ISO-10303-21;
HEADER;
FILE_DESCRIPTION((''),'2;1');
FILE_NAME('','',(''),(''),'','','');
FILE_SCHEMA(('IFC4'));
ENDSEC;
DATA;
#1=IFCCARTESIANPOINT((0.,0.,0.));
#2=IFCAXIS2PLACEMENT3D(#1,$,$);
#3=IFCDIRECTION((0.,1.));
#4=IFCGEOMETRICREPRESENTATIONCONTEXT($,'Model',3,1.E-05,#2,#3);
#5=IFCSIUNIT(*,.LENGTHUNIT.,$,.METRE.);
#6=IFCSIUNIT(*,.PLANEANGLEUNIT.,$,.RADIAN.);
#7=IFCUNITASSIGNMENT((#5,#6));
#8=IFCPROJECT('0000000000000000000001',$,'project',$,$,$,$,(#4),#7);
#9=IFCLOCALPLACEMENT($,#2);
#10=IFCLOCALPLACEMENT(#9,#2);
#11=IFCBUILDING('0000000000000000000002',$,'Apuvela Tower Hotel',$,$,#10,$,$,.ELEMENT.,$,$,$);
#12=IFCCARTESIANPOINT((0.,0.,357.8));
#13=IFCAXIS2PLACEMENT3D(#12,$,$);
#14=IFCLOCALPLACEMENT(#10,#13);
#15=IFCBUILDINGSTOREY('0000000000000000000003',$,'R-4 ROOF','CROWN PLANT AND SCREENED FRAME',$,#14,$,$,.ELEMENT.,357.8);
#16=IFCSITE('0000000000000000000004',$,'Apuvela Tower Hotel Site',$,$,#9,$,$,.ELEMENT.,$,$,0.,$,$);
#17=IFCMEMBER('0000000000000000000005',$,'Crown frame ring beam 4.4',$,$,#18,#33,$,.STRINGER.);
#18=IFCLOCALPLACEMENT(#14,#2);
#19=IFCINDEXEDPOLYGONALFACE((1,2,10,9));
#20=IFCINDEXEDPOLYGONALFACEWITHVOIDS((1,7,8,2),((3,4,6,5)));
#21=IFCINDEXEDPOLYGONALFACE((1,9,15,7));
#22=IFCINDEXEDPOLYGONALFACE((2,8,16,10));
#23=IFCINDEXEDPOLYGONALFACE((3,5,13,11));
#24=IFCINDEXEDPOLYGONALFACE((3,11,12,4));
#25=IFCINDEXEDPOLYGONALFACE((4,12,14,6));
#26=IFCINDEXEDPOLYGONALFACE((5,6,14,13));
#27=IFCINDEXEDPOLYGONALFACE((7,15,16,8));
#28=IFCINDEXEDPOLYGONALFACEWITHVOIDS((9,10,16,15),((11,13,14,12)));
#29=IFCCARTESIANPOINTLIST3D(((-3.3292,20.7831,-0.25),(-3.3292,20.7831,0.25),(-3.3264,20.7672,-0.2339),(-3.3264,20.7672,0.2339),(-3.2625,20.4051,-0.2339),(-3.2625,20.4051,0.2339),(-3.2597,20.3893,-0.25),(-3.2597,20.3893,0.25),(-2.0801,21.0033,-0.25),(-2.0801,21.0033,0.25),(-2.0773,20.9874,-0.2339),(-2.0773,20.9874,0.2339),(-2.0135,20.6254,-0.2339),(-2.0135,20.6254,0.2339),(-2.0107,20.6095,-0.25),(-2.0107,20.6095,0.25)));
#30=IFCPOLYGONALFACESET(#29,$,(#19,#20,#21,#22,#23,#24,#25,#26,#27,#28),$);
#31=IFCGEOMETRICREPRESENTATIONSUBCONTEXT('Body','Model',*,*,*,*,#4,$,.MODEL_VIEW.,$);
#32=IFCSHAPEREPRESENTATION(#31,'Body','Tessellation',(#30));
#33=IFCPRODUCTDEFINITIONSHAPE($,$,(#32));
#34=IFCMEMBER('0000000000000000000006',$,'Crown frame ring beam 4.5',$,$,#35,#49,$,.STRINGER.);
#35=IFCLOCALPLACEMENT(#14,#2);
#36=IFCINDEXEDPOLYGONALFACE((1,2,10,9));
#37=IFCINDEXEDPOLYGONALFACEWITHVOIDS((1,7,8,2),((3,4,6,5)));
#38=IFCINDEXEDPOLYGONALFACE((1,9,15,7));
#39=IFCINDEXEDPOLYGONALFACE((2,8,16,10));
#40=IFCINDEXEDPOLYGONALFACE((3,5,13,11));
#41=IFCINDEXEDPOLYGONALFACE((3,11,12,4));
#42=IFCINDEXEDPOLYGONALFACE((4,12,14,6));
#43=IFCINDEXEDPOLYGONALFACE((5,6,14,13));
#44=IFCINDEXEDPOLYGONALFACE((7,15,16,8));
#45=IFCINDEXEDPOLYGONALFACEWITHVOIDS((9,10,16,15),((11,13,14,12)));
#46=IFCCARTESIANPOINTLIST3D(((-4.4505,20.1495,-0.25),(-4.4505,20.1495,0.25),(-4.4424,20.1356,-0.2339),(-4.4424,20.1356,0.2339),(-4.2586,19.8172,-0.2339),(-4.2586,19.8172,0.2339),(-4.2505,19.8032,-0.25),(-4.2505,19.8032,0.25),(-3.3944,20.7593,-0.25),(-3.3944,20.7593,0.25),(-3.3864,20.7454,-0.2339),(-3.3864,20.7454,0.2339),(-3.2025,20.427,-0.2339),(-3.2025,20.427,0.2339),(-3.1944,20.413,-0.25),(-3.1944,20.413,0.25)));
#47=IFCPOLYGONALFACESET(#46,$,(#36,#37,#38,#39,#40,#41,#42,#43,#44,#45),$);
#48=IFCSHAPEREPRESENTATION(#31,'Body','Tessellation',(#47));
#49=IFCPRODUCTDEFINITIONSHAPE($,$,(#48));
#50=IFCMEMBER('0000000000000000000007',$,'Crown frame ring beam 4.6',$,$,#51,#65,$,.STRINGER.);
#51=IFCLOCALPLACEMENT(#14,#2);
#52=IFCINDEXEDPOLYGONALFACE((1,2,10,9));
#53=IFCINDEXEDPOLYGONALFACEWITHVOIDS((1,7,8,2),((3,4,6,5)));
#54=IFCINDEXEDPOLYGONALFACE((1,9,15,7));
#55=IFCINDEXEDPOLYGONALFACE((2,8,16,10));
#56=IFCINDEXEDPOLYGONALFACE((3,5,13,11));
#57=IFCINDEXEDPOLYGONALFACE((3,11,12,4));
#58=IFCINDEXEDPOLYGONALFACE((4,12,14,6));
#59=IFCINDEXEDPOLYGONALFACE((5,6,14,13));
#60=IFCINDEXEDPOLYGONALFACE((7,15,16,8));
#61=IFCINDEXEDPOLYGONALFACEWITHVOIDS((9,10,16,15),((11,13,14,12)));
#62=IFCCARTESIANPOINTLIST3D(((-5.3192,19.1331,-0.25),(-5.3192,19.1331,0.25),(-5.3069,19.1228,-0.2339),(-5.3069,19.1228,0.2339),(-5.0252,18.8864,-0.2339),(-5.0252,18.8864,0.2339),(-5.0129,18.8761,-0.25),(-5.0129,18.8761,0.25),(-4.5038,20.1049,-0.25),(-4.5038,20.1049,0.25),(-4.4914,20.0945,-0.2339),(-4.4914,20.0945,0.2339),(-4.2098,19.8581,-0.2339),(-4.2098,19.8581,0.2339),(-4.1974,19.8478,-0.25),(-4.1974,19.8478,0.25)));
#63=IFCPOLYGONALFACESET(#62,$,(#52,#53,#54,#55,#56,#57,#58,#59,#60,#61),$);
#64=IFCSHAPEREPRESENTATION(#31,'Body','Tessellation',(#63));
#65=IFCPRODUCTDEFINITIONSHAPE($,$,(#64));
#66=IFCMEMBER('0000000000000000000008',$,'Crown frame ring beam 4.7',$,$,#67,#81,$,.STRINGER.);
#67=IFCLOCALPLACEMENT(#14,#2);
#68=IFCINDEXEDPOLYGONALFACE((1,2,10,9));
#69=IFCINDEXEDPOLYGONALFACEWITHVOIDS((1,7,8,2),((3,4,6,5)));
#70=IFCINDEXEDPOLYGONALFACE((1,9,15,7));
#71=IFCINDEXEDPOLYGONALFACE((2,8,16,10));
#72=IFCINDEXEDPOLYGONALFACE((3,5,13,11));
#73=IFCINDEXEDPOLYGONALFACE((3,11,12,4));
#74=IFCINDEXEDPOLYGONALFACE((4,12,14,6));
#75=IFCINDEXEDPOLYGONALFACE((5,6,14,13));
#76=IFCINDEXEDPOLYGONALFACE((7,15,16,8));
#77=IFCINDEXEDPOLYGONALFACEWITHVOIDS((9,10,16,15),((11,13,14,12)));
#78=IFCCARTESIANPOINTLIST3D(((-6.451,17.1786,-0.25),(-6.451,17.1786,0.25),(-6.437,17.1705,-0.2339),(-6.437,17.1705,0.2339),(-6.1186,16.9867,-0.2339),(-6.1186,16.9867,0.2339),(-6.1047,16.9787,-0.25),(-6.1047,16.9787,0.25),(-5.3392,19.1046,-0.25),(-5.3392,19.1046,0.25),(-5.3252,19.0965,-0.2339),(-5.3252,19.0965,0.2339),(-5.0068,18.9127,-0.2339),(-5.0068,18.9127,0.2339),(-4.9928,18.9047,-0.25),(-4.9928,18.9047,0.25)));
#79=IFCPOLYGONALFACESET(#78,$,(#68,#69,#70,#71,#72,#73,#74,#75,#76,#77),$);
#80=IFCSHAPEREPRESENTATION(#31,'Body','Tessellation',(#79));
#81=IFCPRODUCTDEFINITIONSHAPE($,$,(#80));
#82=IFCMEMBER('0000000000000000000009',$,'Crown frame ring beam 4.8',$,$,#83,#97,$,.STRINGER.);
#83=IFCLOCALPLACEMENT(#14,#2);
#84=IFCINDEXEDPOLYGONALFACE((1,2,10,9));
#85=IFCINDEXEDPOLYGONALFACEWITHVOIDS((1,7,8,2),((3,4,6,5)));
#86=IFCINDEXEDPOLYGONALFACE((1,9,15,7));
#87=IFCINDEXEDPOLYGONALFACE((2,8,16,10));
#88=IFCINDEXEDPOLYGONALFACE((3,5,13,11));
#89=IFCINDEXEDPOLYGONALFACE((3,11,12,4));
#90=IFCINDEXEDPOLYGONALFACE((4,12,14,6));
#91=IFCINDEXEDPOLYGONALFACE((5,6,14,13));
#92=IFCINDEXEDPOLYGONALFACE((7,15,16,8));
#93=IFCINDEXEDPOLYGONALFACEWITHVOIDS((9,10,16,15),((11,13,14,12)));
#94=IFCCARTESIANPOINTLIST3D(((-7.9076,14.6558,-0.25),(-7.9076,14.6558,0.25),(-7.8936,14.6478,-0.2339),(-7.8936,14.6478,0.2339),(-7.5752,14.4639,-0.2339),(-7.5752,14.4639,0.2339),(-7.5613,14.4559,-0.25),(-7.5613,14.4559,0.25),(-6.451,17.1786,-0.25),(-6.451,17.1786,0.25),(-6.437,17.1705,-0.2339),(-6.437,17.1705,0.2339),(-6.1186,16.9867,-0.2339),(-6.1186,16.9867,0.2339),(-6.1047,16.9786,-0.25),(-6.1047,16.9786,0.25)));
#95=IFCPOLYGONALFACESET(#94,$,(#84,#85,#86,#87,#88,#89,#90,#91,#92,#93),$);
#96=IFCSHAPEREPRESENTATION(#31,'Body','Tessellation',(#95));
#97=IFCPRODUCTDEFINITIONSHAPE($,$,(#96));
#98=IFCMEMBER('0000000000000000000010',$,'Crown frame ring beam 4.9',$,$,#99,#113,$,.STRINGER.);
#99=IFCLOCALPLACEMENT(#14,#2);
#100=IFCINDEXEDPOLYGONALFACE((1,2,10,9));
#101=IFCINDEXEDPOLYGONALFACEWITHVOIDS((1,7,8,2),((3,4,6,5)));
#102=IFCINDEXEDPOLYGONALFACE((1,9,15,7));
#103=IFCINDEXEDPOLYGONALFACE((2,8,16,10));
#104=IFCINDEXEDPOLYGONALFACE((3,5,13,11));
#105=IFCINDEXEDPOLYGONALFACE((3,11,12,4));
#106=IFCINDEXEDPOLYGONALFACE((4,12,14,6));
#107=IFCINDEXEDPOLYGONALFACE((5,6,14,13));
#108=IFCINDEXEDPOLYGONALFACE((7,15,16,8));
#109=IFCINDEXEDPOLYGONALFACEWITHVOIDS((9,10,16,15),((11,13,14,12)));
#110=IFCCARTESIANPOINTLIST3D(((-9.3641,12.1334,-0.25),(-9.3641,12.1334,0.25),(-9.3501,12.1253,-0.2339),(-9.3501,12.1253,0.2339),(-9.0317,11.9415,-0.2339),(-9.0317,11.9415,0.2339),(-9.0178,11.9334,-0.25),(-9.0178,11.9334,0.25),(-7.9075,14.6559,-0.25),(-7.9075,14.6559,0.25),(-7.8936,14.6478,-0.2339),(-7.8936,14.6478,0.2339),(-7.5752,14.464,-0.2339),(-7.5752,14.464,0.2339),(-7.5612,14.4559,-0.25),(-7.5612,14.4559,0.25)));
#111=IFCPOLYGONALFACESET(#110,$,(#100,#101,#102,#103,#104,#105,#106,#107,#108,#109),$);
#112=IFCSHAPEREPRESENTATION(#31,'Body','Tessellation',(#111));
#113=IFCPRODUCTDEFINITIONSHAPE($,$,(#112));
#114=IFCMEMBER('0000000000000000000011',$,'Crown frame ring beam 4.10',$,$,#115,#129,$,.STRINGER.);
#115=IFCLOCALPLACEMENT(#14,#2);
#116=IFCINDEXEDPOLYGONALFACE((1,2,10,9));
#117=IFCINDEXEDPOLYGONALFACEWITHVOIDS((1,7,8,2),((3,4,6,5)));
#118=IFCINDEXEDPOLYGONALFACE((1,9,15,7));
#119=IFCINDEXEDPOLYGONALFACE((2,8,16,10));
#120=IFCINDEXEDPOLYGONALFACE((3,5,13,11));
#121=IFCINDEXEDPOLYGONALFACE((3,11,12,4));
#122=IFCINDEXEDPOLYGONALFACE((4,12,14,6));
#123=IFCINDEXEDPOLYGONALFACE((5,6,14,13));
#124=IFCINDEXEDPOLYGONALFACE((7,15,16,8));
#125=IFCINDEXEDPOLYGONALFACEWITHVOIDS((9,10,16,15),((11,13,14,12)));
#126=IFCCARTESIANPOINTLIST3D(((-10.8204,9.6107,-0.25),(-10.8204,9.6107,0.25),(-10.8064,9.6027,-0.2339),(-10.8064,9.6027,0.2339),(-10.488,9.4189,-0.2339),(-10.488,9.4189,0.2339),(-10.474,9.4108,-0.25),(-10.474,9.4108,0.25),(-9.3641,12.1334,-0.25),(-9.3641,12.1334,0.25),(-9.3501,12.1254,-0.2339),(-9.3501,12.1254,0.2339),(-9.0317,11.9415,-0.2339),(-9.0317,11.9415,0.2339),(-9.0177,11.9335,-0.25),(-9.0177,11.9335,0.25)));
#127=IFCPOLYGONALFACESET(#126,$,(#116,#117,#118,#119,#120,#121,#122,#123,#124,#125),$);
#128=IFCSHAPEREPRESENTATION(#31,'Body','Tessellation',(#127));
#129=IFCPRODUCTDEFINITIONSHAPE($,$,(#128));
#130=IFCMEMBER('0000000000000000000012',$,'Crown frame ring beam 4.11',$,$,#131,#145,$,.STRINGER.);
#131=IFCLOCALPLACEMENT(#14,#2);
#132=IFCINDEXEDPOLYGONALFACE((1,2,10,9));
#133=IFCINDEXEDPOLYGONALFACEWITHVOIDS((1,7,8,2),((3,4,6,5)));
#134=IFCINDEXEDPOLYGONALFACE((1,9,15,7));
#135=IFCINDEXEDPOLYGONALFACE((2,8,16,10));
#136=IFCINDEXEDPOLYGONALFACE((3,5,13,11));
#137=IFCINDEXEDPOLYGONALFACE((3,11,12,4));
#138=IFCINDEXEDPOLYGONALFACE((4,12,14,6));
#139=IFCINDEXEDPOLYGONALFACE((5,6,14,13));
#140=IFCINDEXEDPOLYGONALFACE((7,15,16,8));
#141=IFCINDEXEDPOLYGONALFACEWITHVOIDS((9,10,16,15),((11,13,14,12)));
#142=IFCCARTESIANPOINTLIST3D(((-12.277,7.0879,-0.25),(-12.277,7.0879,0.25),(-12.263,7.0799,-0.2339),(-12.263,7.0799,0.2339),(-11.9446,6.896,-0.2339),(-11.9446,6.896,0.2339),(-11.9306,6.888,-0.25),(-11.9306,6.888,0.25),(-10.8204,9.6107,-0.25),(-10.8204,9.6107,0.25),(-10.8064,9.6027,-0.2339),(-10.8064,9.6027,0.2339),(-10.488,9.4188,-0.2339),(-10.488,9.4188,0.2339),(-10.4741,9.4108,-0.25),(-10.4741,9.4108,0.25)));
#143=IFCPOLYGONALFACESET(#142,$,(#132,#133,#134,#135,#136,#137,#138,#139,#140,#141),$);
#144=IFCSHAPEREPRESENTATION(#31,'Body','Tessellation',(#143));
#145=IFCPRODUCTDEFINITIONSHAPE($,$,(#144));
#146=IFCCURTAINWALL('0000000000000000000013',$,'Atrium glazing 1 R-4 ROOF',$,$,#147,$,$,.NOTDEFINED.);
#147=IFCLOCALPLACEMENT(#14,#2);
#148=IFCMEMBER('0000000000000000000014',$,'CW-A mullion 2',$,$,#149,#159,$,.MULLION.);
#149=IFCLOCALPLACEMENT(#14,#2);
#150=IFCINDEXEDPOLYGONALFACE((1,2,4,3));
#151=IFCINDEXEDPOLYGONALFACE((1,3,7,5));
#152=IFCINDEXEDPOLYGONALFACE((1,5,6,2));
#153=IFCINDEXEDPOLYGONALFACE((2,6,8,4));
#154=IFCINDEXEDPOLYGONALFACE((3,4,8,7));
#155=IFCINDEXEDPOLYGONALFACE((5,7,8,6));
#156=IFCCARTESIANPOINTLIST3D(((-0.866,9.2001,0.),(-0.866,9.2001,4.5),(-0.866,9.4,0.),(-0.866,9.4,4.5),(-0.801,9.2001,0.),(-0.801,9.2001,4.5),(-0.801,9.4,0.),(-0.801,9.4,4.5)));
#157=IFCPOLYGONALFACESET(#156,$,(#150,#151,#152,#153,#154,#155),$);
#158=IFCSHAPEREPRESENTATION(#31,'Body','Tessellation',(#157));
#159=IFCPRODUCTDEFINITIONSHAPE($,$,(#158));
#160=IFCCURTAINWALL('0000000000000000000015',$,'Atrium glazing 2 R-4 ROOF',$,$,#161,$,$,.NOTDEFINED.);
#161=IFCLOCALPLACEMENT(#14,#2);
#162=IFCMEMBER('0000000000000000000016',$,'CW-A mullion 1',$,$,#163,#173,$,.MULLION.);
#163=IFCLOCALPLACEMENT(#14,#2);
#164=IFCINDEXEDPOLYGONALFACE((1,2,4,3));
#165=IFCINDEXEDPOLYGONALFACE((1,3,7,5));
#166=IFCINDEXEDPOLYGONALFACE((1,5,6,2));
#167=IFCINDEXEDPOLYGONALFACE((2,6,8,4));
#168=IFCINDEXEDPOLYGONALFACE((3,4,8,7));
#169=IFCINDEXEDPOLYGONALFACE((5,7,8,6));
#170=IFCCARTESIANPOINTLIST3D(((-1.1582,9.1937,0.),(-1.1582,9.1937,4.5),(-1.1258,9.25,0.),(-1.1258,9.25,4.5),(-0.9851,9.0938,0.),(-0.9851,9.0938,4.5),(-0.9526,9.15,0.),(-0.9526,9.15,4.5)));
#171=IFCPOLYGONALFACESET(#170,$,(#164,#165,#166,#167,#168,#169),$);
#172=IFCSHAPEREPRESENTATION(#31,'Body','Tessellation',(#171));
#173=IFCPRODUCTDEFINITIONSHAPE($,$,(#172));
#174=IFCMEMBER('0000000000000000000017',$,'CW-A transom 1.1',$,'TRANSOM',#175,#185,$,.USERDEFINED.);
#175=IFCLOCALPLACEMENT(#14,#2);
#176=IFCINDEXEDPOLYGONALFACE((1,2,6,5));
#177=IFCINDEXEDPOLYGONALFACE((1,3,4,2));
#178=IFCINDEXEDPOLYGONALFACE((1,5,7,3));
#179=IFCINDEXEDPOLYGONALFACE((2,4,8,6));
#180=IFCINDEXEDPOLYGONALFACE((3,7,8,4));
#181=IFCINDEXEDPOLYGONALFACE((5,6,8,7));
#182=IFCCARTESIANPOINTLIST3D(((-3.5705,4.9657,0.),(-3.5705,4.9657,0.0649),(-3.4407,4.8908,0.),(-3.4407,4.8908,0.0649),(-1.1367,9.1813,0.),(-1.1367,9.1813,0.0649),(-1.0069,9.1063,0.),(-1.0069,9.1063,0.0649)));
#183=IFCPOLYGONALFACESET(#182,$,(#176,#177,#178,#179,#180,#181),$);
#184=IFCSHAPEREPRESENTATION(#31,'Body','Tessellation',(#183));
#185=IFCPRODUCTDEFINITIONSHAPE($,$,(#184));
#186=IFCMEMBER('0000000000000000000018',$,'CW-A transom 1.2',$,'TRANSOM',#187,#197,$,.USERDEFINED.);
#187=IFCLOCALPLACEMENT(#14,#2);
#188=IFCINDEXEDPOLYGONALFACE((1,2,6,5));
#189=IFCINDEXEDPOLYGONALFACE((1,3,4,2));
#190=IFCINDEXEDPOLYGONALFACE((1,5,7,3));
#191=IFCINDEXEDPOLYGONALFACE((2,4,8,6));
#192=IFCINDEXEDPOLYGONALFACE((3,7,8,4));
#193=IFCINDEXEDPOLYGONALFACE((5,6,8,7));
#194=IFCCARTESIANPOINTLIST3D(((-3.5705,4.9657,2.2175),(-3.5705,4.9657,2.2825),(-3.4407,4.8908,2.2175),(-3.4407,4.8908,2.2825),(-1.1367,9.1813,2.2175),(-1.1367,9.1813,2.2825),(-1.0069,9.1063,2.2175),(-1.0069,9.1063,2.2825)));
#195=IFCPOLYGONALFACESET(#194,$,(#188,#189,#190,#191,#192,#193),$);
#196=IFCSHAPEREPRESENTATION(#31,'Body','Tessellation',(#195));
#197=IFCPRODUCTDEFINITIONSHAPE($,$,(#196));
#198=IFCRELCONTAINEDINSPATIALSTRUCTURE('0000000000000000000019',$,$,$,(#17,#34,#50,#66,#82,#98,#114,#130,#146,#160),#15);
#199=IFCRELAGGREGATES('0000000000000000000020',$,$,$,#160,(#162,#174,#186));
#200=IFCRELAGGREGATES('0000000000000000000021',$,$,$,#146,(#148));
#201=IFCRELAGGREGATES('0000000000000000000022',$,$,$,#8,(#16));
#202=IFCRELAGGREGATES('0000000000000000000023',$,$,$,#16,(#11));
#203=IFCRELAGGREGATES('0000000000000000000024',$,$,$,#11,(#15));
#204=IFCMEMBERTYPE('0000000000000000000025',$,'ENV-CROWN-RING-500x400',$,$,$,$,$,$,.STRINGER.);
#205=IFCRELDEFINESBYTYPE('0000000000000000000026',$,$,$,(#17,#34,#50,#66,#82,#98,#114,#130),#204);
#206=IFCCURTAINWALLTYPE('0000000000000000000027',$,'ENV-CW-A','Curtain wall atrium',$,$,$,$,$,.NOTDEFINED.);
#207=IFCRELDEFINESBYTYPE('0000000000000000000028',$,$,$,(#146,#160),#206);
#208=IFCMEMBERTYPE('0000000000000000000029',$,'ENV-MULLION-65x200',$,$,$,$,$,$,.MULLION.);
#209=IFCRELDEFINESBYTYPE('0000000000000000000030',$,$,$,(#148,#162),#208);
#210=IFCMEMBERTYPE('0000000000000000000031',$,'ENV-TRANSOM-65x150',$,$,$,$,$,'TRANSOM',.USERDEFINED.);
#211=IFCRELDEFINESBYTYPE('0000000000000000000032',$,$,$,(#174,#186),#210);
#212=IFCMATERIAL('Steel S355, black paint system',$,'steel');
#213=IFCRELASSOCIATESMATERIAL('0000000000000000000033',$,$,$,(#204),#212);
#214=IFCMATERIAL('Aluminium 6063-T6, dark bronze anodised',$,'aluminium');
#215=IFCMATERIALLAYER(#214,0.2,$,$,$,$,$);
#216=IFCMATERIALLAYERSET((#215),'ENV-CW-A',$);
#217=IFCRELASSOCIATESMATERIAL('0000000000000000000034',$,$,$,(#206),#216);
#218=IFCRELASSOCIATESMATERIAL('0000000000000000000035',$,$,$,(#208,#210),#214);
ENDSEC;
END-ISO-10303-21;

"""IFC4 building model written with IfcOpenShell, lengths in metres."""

from ifc_helpers import new_model, si_unit, direction, frame, origin, origin_2d, place, context, subcontext, project, spatial, rectangle, hollow_rectangle, extrude, material, layer, layer_set, material_profile, profile_set, type_object, element, aggregate, save


model = new_model("IFC4")

# Units and contexts
model_context = context("Model", 3, precision=1e-05, world=origin(), true_north=direction((0.0, 1.0)))
body_context = subcontext(model_context, "Body", "Model", "MODEL_VIEW")
ifc_project = project(units=[si_unit("LENGTHUNIT", "METRE"), si_unit("PLANEANGLEUNIT", "RADIAN")], contexts=[model_context])

# Site, building, storey
site_placement = place(None, origin())
site = spatial("IfcSite", under=ifc_project, at=site_placement, Name="Apuvela Tower Hotel Site", CompositionType="ELEMENT", RefElevation=0.0)
building_placement = place(site_placement, origin())
building = spatial("IfcBuilding", under=site, at=building_placement, Name="Apuvela Tower Hotel", CompositionType="ELEMENT")
storey_placement = place(building_placement, frame((0.0, 0.0, 357.8)))
storey = spatial("IfcBuildingStorey", under=building, at=storey_placement, Name="R-4 ROOF", Description="CROWN PLANT AND SCREENED FRAME", CompositionType="ELEMENT", Elevation=357.8)

# Members
ifc_material_1 = material(Name="Steel S355, black paint system", Category="steel")
ifc_material_profile_1 = material_profile(ifc_material_1, hollow_rectangle(XDim=0.3999, YDim=0.5, WallThickness=0.0161, at=origin_2d()), Name="HSS 500x400x16")
ifc_profile_set_1 = profile_set([ifc_material_profile_1], Name="Steel S355, black paint system")
member_type_1 = type_object("IfcMemberType", Name="ENV-CROWN-RING-500x400", PredefinedType="STRINGER", material=ifc_profile_set_1)
member_1_placement = place(storey_placement, frame((-2.0454, 20.8064, 0.0), z_axis=(-0.984811, -0.173632, 0.0), x_axis=(0.173632, -0.984811, 0.0)))
element("IfcMember", 1, at=member_1_placement, inside=storey, type_object=member_type_1, Name="Crown frame ring beam 4.4", PredefinedType="STRINGER", context=body_context, shape_type="SweptSolid", body=[
    extrude(hollow_rectangle(XDim=0.3999, YDim=0.5, WallThickness=0.0161, at=origin_2d()), origin(), (0.0, 0.0, 1.0), 1.2683),
])
member_2_placement = place(storey_placement, frame((-3.2944, 20.5862, 0.0), z_axis=(-0.865992, -0.500057, 0.0), x_axis=(0.500057, -0.865992, 0.0)))
element("IfcMember", 2, at=member_2_placement, inside=storey, type_object=member_type_1, Name="Crown frame ring beam 4.5", PredefinedType="STRINGER", context=body_context, shape_type="SweptSolid", body=[
    extrude(hollow_rectangle(XDim=0.3999, YDim=0.5, WallThickness=0.0161, at=origin_2d()), origin(), (0.0, 0.0, 1.0), 1.2195),
])
member_3_placement = place(storey_placement, frame((-4.3506, 19.9763, 0.0), z_axis=(-0.642831, -0.766008, 0.0), x_axis=(0.766008, -0.642831, 0.0)))
element("IfcMember", 3, at=member_3_placement, inside=storey, type_object=member_type_1, Name="Crown frame ring beam 4.6", PredefinedType="STRINGER", context=body_context, shape_type="SweptSolid", body=[
    extrude(hollow_rectangle(XDim=0.3999, YDim=0.5, WallThickness=0.0161, at=origin_2d()), origin(), (0.0, 0.0, 1.0), 1.2686),
])
member_4_placement = place(storey_placement, frame((-5.166, 19.0046, 0.0), z_axis=(-0.499941, -0.866059, 0.0), x_axis=(0.866059, -0.499941, 0.0)))
element("IfcMember", 4, at=member_4_placement, inside=storey, type_object=member_type_1, Name="Crown frame ring beam 4.7", PredefinedType="STRINGER", context=body_context, shape_type="SweptSolid", body=[
    extrude(hollow_rectangle(XDim=0.3999, YDim=0.5, WallThickness=0.0161, at=origin_2d()), origin(), (0.0, 0.0, 1.0), 2.2239),
])
member_5_placement = place(storey_placement, frame((-6.2778, 17.0786, 0.0), z_axis=(-0.500015, -0.866017, 0.0), x_axis=(0.866017, -0.500015, 0.0)))
element("IfcMember", 5, at=member_5_placement, inside=storey, type_object=member_type_1, Name="Crown frame ring beam 4.8", PredefinedType="STRINGER", context=body_context, shape_type="SweptSolid", body=[
    extrude(hollow_rectangle(XDim=0.3999, YDim=0.5, WallThickness=0.0161, at=origin_2d()), origin(), (0.0, 0.0, 1.0), 2.9131),
])
for number, where, z_axis, x_axis, name in (
    (6, (-7.7344, 14.5559, 0.0), (-0.500051, -0.865996, 0.0), (0.865996, -0.500051, 0.0), "Crown frame ring beam 4.9"),
    (7, (-9.1909, 12.0334, 0.0), (-0.499952, -0.866053, 0.0), (0.866053, -0.499952, 0.0), "Crown frame ring beam 4.10"),
):
    element("IfcMember", number, at=place(storey_placement, frame(where, z_axis=z_axis, x_axis=x_axis)), inside=storey, type_object=member_type_1, Name=name, PredefinedType="STRINGER", context=body_context, shape_type="SweptSolid", body=[
        extrude(hollow_rectangle(XDim=0.3999, YDim=0.5, WallThickness=0.0161, at=origin_2d()), origin(), (0.0, 0.0, 1.0), 2.9128),
    ])
member_6_placement = place(storey_placement, frame((-10.6472, 9.5107, 0.0), z_axis=(-0.500015, -0.866017, 0.0), x_axis=(0.866017, -0.500015, 0.0)))
element("IfcMember", 8, at=member_6_placement, inside=storey, type_object=member_type_1, Name="Crown frame ring beam 4.11", PredefinedType="STRINGER", context=body_context, shape_type="SweptSolid", body=[
    extrude(hollow_rectangle(XDim=0.3999, YDim=0.5, WallThickness=0.0161, at=origin_2d()), origin(), (0.0, 0.0, 1.0), 2.9131),
])

# Curtain wall, member
ifc_material_2 = material(Name="Aluminium 6063-T6, dark bronze anodised", Category="aluminium")
ifc_layer_1 = layer(ifc_material_2, 0.2)
ifc_layer_set_1 = layer_set([ifc_layer_1], Name="ENV-CW-A")
curtain_wall_type = type_object("IfcCurtainWallType", Name="ENV-CW-A", Description="Curtain wall atrium", PredefinedType="NOTDEFINED", material=ifc_layer_set_1)
curtain_wall_1_placement = place(storey_placement, origin())
curtain_wall_1 = element("IfcCurtainWall", 9, at=curtain_wall_1_placement, inside=storey, type_object=curtain_wall_type, Name="Atrium glazing 1 R-4 ROOF", PredefinedType="NOTDEFINED")
ifc_material_profile_2 = material_profile(ifc_material_2, rectangle(XDim=0.2, YDim=0.0649, at=origin_2d()), Name="AL 65x200")
ifc_profile_set_2 = profile_set([ifc_material_profile_2], Name="Aluminium 6063-T6, dark bronze anodised")
member_type_2 = type_object("IfcMemberType", Name="ENV-MULLION-65x200", PredefinedType="MULLION", material=ifc_profile_set_2)
member_7_placement = place(storey_placement, frame((-0.8335, 9.3, 0.0), z_axis=(0.0, 0.0, 1.0), x_axis=(0.0, -1.0, 0.0)))
member_7 = element("IfcMember", 10, at=member_7_placement, type_object=member_type_2, Name="CW-A mullion 2", PredefinedType="MULLION", context=body_context, shape_type="SweptSolid", body=[
    extrude(rectangle(XDim=0.2, YDim=0.0649, at=origin_2d()), origin(), (0.0, 0.0, 1.0), 4.5),
])

# Curtain wall, members
curtain_wall_2_placement = place(storey_placement, origin())
curtain_wall_2 = element("IfcCurtainWall", 11, at=curtain_wall_2_placement, inside=storey, type_object=curtain_wall_type, Name="Atrium glazing 2 R-4 ROOF", PredefinedType="NOTDEFINED")
member_8_placement = place(storey_placement, frame((-1.0554, 9.1719, 0.0), z_axis=(0.0, 0.0, 1.0), x_axis=(0.866026, -0.499999, 0.0)))
member_8 = element("IfcMember", 12, at=member_8_placement, type_object=member_type_2, Name="CW-A mullion 1", PredefinedType="MULLION", context=body_context, shape_type="SweptSolid", body=[
    extrude(rectangle(XDim=0.2, YDim=0.0649, at=origin_2d()), origin(), (0.0, 0.0, 1.0), 4.5),
])
ifc_material_profile_3 = material_profile(ifc_material_2, rectangle(XDim=0.1499, YDim=0.0649, at=origin_2d()), Name="AL 65x150 transom")
ifc_profile_set_3 = profile_set([ifc_material_profile_3], Name="Aluminium 6063-T6, dark bronze anodised")
member_type_3 = type_object("IfcMemberType", Name="ENV-TRANSOM-65x150", ElementType="TRANSOM", PredefinedType="USERDEFINED", material=ifc_profile_set_3)
member_9_placement = place(storey_placement, frame((-1.0718, 9.1438, 0.0325), z_axis=(-0.499996, -0.866028, 0.0), x_axis=(0.866028, -0.499996, 0.0)))
member_9 = element("IfcMember", 13, at=member_9_placement, type_object=member_type_3, Name="CW-A transom 1.1", ObjectType="TRANSOM", PredefinedType="USERDEFINED", context=body_context, shape_type="SweptSolid", body=[
    extrude(rectangle(XDim=0.1499, YDim=0.0649, at=origin_2d()), origin(), (0.0, 0.0, 1.0), 4.8677),
])
member_10_placement = place(storey_placement, frame((-1.0718, 9.1438, 2.25), z_axis=(-0.499996, -0.866028, 0.0), x_axis=(0.866028, -0.499996, 0.0)))
member_10 = element("IfcMember", 14, at=member_10_placement, type_object=member_type_3, Name="CW-A transom 1.2", ObjectType="TRANSOM", PredefinedType="USERDEFINED", context=body_context, shape_type="SweptSolid", body=[
    extrude(rectangle(XDim=0.1499, YDim=0.0649, at=origin_2d()), origin(), (0.0, 0.0, 1.0), 4.8677),
])
aggregate(curtain_wall_2, [member_8, member_9, member_10])

aggregate(curtain_wall_1, [member_7])

save(model, "model.ifc")
